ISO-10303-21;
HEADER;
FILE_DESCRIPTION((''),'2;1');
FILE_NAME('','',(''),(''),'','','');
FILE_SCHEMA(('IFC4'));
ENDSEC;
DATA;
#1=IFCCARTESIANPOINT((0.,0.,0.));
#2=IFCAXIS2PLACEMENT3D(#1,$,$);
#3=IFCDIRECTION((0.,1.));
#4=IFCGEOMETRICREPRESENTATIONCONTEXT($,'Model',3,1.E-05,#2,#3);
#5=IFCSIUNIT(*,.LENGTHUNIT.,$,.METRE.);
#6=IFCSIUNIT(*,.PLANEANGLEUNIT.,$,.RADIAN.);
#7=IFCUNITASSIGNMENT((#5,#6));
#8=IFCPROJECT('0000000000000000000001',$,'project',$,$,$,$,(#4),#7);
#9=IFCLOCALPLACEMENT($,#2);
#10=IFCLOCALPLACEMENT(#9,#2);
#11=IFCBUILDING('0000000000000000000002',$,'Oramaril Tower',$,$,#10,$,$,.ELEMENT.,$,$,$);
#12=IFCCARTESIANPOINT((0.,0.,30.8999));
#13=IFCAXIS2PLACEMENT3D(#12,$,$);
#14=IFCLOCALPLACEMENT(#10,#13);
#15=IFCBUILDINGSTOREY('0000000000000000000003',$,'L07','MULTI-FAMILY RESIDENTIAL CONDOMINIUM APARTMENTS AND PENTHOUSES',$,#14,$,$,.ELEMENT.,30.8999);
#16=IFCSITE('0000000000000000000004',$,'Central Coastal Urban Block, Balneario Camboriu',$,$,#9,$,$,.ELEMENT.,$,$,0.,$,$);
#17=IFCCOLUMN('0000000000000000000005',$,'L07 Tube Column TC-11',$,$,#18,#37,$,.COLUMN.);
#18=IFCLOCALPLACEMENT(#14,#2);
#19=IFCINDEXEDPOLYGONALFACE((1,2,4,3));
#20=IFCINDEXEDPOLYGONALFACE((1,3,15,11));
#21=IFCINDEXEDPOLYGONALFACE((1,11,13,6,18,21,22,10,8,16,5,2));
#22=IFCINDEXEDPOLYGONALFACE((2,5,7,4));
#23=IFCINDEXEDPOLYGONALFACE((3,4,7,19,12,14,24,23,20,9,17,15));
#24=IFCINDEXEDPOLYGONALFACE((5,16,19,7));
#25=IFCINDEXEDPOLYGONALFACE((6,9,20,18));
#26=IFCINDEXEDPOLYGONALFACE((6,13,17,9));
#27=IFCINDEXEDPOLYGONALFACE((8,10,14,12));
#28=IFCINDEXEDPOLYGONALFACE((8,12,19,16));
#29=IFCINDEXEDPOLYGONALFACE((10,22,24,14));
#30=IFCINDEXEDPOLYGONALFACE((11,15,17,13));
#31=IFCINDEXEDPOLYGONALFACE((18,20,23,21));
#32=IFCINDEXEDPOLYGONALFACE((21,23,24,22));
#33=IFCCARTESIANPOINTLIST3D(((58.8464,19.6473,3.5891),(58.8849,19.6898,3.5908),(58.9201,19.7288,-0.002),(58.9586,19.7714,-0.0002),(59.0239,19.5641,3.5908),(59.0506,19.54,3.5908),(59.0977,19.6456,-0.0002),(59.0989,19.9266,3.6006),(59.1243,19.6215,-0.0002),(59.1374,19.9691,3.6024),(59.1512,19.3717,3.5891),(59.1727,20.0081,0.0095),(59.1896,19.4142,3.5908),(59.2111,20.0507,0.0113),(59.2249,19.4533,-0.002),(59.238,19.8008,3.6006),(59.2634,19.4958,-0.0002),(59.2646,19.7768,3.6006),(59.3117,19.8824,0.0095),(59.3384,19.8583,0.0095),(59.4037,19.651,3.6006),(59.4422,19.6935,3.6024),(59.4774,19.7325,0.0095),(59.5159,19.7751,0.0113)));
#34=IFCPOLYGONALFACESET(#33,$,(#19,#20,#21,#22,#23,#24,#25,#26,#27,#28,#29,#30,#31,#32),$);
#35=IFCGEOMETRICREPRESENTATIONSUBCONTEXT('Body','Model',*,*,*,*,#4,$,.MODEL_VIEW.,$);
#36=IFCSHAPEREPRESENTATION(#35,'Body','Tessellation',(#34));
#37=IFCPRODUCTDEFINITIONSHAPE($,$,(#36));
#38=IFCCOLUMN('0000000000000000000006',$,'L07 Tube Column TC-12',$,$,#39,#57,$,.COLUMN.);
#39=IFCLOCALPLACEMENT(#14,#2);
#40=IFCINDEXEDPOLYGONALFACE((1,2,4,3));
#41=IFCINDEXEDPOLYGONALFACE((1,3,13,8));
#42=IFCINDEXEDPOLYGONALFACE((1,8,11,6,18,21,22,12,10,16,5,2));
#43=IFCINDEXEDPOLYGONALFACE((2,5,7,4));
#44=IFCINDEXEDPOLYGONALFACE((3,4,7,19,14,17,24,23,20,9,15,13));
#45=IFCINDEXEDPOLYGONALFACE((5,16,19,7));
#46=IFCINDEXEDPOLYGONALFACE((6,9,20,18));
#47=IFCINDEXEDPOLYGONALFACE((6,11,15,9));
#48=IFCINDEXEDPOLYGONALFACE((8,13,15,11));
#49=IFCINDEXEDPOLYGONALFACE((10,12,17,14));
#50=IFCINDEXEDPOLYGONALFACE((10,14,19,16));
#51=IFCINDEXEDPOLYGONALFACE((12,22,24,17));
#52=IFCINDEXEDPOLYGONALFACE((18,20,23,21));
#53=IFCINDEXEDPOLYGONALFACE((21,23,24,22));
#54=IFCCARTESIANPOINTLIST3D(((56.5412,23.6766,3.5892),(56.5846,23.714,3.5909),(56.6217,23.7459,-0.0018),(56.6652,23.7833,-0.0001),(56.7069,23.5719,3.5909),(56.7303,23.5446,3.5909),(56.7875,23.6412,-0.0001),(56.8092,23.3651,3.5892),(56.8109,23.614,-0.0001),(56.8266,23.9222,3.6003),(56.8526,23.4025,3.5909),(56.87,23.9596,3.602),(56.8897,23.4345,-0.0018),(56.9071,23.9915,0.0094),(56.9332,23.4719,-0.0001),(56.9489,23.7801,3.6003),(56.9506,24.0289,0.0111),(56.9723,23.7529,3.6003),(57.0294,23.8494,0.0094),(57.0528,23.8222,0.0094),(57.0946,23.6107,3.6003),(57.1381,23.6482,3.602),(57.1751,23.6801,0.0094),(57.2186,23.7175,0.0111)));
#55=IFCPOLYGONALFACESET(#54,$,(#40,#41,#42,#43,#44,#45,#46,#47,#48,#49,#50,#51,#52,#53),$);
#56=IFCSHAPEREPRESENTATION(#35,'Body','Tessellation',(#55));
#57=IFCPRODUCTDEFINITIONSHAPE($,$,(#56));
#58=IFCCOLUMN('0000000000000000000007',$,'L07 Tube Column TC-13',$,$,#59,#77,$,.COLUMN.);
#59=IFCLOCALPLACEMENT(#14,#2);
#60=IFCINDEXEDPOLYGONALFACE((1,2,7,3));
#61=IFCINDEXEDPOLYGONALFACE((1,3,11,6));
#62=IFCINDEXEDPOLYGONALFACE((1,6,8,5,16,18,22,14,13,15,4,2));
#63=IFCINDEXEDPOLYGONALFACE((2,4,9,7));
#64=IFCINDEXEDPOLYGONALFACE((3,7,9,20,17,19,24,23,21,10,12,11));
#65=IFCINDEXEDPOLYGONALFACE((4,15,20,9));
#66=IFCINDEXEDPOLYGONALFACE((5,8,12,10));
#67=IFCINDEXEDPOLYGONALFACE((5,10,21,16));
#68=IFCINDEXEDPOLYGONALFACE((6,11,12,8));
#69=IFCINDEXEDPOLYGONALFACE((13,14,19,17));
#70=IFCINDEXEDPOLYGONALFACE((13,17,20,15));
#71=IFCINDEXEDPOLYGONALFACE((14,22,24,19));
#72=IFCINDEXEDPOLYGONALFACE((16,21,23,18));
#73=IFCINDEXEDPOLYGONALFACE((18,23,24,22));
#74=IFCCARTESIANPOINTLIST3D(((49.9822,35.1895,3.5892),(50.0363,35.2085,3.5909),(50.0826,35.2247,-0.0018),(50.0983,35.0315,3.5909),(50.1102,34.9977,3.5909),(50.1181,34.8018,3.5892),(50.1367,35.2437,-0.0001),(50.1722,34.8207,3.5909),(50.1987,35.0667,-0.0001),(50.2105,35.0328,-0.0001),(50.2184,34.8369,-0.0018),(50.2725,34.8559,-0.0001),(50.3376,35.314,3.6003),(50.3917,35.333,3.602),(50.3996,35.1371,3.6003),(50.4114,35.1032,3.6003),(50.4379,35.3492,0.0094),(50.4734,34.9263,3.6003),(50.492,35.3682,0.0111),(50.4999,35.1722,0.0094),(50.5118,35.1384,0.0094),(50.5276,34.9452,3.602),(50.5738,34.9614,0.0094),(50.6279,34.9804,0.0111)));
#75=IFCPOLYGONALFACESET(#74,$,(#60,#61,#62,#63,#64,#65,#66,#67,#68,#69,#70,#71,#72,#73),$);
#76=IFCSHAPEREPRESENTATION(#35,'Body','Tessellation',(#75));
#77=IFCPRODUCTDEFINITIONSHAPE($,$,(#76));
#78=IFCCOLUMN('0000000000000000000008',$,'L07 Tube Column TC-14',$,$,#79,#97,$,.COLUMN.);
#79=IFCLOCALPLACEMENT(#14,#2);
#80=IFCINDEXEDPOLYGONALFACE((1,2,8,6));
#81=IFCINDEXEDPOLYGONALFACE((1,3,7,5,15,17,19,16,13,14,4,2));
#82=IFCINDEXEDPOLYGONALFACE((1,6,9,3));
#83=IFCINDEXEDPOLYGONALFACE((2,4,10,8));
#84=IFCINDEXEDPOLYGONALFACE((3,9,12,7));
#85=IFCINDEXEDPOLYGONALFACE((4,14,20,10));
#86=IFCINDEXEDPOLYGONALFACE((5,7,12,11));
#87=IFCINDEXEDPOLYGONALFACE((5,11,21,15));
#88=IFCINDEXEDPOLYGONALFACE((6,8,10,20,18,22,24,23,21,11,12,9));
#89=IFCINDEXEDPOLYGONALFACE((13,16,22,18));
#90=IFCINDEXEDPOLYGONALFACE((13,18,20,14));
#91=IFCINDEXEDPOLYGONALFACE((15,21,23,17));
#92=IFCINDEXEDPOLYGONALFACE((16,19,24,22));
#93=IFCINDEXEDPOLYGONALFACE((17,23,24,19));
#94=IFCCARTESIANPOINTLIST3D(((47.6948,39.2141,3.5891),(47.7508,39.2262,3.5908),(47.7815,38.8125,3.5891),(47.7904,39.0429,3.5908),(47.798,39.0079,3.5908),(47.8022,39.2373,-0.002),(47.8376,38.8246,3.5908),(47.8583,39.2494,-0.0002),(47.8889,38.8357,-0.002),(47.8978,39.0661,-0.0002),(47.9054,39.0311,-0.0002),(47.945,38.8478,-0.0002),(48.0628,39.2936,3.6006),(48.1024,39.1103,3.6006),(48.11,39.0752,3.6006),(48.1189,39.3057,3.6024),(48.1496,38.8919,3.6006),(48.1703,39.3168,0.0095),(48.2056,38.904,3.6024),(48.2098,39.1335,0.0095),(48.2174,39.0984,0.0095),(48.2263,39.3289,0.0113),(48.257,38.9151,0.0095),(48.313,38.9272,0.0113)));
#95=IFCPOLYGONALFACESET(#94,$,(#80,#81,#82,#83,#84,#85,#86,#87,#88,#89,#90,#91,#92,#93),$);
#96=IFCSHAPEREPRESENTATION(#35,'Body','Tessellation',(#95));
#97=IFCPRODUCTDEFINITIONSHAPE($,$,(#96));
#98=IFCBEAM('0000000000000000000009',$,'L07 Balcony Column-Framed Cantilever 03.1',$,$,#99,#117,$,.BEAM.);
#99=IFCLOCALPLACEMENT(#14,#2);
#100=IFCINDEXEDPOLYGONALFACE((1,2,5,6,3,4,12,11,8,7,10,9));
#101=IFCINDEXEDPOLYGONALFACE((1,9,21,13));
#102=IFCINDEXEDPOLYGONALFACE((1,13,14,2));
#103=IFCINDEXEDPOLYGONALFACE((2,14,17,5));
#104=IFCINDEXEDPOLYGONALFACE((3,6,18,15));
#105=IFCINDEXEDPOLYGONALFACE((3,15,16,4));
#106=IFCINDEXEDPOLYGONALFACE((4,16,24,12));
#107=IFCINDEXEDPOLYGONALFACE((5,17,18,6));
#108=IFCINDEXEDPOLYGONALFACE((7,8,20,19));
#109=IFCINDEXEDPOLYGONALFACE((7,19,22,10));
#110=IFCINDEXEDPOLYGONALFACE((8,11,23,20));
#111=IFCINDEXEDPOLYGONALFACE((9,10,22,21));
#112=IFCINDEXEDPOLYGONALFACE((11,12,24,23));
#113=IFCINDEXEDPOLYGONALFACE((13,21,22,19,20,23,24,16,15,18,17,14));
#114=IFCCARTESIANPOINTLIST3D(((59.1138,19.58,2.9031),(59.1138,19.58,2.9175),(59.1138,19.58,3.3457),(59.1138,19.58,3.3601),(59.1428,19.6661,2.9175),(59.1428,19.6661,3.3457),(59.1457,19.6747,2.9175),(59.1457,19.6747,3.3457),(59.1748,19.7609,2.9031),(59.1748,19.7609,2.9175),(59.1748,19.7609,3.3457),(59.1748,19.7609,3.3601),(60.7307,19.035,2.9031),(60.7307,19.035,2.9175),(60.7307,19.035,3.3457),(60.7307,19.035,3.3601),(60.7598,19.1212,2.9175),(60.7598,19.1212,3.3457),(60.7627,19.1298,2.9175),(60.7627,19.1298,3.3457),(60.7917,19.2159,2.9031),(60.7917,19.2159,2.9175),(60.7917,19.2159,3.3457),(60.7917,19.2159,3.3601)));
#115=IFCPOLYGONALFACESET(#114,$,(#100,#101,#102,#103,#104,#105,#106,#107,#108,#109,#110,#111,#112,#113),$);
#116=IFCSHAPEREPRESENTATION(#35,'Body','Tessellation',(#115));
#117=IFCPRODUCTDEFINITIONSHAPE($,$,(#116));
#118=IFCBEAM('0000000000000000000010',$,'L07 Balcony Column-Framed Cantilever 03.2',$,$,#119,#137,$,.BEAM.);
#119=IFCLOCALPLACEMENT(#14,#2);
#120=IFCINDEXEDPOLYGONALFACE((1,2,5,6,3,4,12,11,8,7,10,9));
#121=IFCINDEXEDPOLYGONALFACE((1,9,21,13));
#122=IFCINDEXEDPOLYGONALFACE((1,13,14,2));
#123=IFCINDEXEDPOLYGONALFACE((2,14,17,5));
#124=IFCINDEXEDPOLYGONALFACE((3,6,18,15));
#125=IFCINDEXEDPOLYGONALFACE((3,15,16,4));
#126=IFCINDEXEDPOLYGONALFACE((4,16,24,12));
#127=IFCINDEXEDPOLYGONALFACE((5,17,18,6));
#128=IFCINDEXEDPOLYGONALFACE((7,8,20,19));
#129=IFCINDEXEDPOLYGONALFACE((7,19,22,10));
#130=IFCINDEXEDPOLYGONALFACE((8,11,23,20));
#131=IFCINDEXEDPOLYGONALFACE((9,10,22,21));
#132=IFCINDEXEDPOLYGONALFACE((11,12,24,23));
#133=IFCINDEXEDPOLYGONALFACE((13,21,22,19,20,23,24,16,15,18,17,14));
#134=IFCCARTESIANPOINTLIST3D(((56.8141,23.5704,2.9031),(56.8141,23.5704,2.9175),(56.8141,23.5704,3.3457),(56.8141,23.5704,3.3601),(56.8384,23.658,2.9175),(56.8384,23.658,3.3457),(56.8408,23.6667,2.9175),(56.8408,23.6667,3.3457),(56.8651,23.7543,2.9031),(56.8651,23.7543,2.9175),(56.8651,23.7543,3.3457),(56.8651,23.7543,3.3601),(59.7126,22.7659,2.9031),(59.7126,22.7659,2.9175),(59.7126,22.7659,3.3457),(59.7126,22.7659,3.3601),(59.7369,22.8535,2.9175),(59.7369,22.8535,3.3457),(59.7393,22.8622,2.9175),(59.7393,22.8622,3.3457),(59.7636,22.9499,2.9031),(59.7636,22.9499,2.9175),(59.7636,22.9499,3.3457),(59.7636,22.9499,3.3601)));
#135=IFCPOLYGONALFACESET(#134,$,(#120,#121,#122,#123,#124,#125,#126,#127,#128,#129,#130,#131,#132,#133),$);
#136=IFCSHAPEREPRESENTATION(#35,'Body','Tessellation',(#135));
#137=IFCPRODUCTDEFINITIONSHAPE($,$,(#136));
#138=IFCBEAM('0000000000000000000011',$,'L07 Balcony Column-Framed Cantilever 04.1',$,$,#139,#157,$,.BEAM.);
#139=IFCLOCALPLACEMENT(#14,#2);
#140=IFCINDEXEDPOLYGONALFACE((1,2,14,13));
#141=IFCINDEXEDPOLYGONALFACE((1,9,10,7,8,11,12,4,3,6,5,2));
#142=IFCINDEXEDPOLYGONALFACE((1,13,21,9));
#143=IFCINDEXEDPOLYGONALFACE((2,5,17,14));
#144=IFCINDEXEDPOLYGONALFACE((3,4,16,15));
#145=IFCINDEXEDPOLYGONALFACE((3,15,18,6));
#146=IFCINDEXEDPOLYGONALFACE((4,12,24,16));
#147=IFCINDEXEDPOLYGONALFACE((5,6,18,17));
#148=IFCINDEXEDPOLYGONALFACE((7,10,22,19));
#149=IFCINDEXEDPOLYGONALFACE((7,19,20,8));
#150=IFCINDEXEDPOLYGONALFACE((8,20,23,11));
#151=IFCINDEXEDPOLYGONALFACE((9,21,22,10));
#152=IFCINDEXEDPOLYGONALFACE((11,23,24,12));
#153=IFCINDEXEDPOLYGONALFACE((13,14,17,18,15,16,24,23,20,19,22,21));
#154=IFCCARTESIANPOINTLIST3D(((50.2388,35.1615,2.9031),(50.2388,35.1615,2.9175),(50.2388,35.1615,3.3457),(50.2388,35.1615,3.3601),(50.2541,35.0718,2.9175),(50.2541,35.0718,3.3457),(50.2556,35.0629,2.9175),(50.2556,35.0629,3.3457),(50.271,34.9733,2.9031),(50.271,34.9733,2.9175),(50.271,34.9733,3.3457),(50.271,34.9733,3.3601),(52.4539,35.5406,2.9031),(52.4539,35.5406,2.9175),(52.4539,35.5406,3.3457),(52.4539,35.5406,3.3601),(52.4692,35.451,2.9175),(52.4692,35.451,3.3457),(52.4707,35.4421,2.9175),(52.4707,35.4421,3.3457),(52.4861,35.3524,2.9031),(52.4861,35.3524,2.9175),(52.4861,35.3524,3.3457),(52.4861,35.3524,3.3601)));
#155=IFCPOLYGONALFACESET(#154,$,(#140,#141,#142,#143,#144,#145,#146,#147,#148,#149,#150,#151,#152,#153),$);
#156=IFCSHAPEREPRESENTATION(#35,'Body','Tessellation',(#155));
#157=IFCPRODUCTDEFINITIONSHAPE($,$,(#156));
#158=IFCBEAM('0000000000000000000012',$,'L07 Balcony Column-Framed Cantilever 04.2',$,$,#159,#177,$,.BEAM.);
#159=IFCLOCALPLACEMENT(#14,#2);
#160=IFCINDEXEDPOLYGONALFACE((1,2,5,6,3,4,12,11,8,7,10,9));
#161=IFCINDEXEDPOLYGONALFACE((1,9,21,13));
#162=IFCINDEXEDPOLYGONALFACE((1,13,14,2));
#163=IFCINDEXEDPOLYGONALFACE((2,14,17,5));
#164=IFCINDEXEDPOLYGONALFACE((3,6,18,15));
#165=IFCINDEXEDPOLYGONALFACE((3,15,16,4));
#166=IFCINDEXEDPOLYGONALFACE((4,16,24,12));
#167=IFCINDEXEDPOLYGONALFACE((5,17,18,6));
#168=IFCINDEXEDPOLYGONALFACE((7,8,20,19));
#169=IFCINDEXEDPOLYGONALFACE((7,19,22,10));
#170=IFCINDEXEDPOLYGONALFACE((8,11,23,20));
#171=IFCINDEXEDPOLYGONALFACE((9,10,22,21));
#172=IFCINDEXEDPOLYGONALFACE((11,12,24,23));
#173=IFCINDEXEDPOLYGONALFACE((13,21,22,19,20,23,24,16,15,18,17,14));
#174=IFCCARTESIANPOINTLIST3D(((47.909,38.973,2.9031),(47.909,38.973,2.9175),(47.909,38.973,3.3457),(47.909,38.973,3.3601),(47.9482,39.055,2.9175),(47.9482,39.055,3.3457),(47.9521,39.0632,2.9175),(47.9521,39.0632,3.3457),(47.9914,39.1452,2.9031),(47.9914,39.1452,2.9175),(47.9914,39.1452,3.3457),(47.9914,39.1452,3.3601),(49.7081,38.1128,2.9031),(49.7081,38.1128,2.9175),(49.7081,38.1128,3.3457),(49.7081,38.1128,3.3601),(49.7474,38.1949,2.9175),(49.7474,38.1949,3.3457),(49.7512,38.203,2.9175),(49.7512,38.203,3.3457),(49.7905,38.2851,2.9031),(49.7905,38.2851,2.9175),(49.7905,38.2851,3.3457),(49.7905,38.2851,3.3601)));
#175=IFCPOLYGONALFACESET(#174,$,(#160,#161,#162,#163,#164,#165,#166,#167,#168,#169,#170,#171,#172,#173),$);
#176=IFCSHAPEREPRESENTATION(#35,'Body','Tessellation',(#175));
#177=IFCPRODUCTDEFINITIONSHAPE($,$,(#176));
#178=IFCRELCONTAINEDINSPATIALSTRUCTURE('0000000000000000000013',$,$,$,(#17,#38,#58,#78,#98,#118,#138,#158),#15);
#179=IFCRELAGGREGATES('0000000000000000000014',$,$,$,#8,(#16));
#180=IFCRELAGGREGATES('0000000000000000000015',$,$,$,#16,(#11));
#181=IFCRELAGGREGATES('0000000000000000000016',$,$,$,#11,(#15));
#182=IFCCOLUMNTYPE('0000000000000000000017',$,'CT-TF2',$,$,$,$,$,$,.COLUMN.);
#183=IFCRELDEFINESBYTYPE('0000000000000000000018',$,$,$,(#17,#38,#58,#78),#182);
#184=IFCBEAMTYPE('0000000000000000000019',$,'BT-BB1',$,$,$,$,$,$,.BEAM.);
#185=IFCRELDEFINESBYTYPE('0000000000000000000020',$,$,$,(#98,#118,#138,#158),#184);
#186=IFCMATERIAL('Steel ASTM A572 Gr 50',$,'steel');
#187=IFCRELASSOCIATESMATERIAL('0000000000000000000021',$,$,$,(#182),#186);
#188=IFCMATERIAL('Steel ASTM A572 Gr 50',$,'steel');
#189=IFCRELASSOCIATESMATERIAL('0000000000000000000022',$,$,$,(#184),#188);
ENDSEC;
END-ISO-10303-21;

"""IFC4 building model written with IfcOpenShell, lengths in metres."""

from ifc_helpers import new_model, si_unit, direction, frame, origin, origin_2d, place, context, subcontext, project, spatial, i_section, extrude, material, material_profile, profile_set, type_object, element, save


model = new_model("IFC4")

# Units and contexts
model_context = context("Model", 3, precision=1e-05, world=origin(), true_north=direction((0.0, 1.0)))
body_context = subcontext(model_context, "Body", "Model", "MODEL_VIEW")
ifc_project = project(units=[si_unit("LENGTHUNIT", "METRE"), si_unit("PLANEANGLEUNIT", "RADIAN")], contexts=[model_context])

# Site, building, storey
site_placement = place(None, origin())
site = spatial("IfcSite", under=ifc_project, at=site_placement, Name="Central Coastal Urban Block, Balneario Camboriu", CompositionType="ELEMENT", RefElevation=0.0)
building_placement = place(site_placement, origin())
building = spatial("IfcBuilding", under=site, at=building_placement, Name="Oramaril Tower", CompositionType="ELEMENT")
storey_placement = place(building_placement, frame((0.0, 0.0, 30.8999)))
storey = spatial("IfcBuildingStorey", under=building, at=storey_placement, Name="L07", Description="MULTI-FAMILY RESIDENTIAL CONDOMINIUM APARTMENTS AND PENTHOUSES", CompositionType="ELEMENT", Elevation=30.8999)

# Columns
ifc_material_1 = material(Name="Steel ASTM A572 Gr 50", Category="steel")
ifc_material_profile_1 = material_profile(ifc_material_1, i_section(OverallWidth=0.4109, OverallDepth=0.4341, WebThickness=0.0359, FlangeThickness=0.0574, at=origin_2d()), Name="W14X311")
ifc_profile_set_1 = profile_set([ifc_material_profile_1], Name="Steel ASTM A572 Gr 50")
column_type = type_object("IfcColumnType", Name="CT-TF2", PredefinedType="COLUMN", material=ifc_profile_set_1)
column_1_placement = place(storey_placement, frame((59.218, 19.752, 0.0046), z_axis=(-0.020522, -0.022697, 0.999532), x_axis=(0.741746, -0.670681, 0.0)))
element("IfcColumn", 1, at=column_1_placement, inside=storey, type_object=column_type, Name="L07 Tube Column TC-11", PredefinedType="COLUMN", context=body_context, shape_type="SweptSolid", body=[
    extrude(i_section(OverallWidth=0.4109, OverallDepth=0.4341, WebThickness=0.0359, FlangeThickness=0.0574, at=origin_2d()), origin(), (0.0, 0.0, 1.0), 3.5928),
])
for number, where, z_axis, x_axis, name in (
    (2, (56.9202, 23.7317, 0.0046), (-0.022425, -0.019299, 0.999562), (0.652303, -0.757958, 0.0), "L07 Tube Column TC-12"),
    (3, (50.3552, 35.1025, 0.0046), (-0.02793, -0.009786, 0.999562), (0.330657, -0.943751, 0.0), "L07 Tube Column TC-13"),
):
    element("IfcColumn", number, at=place(storey_placement, frame(where, z_axis=z_axis, x_axis=x_axis)), inside=storey, type_object=column_type, Name=name, PredefinedType="COLUMN", context=body_context, shape_type="SweptSolid", body=[
        extrude(i_section(OverallWidth=0.4109, OverallDepth=0.4341, WebThickness=0.0359, FlangeThickness=0.0574, at=origin_2d()), origin(), (0.0, 0.0, 1.0), 3.5925),
    ])
column_2_placement = place(storey_placement, frame((48.0576, 39.0823, 0.0046), z_axis=(-0.0299, -0.006456, 0.999532), x_axis=(0.211046, -0.977476, 0.0)))
element("IfcColumn", 4, at=column_2_placement, inside=storey, type_object=column_type, Name="L07 Tube Column TC-14", PredefinedType="COLUMN", context=body_context, shape_type="SweptSolid", body=[
    extrude(i_section(OverallWidth=0.4109, OverallDepth=0.4341, WebThickness=0.0359, FlangeThickness=0.0574, at=origin_2d()), origin(), (0.0, 0.0, 1.0), 3.5928),
])

# Beams
ifc_material_2 = material(Name="Steel ASTM A572 Gr 50", Category="steel")
ifc_material_profile_2 = material_profile(ifc_material_2, i_section(OverallWidth=0.1909, OverallDepth=0.457, WebThickness=0.009, FlangeThickness=0.0144, at=origin_2d()), Name="W18X50")
ifc_profile_set_2 = profile_set([ifc_material_profile_2], Name="Steel ASTM A572 Gr 50")
beam_type_1 = type_object("IfcBeamType", Name="BT-BB1", PredefinedType="BEAM", material=ifc_profile_set_2)
beam_1_placement = place(storey_placement, frame((59.1443, 19.6704, 3.1316), z_axis=(0.947634, -0.31936, 0.0), x_axis=(0.31936, 0.947634, 0.0)))
element("IfcBeam", 5, at=beam_1_placement, inside=storey, type_object=beam_type_1, Name="L07 Balcony Column-Framed Cantilever 03.1", PredefinedType="BEAM", context=body_context, shape_type="SweptSolid", body=[
    extrude(i_section(OverallWidth=0.1909, OverallDepth=0.457, WebThickness=0.009, FlangeThickness=0.0144, at=origin_2d()), origin(), (0.0, 0.0, 1.0), 1.7063),
])
beam_2_placement = place(storey_placement, frame((56.8396, 23.6624, 3.1316), z_axis=(0.963576, -0.267435, 0.0), x_axis=(0.267435, 0.963576, 0.0)))
element("IfcBeam", 6, at=beam_2_placement, inside=storey, type_object=beam_type_1, Name="L07 Balcony Column-Framed Cantilever 03.2", PredefinedType="BEAM", context=body_context, shape_type="SweptSolid", body=[
    extrude(i_section(OverallWidth=0.1909, OverallDepth=0.457, WebThickness=0.009, FlangeThickness=0.0144, at=origin_2d()), origin(), (0.0, 0.0, 1.0), 3.0081),
])
beam_3_placement = place(storey_placement, frame((50.2549, 35.0674, 3.1316), z_axis=(0.985665, 0.168714, 0.0), x_axis=(-0.168714, 0.985665, 0.0)))
element("IfcBeam", 7, at=beam_3_placement, inside=storey, type_object=beam_type_1, Name="L07 Balcony Column-Framed Cantilever 04.1", PredefinedType="BEAM", context=body_context, shape_type="SweptSolid", body=[
    extrude(i_section(OverallWidth=0.1909, OverallDepth=0.457, WebThickness=0.009, FlangeThickness=0.0144, at=origin_2d()), origin(), (0.0, 0.0, 1.0), 2.2473),
])
beam_4_placement = place(storey_placement, frame((47.9502, 39.0591, 3.1316), z_axis=(0.902196, -0.431326, 0.0), x_axis=(0.431326, 0.902196, 0.0)))
element("IfcBeam", 8, at=beam_4_placement, inside=storey, type_object=beam_type_1, Name="L07 Balcony Column-Framed Cantilever 04.2", PredefinedType="BEAM", context=body_context, shape_type="SweptSolid", body=[
    extrude(i_section(OverallWidth=0.1909, OverallDepth=0.457, WebThickness=0.009, FlangeThickness=0.0144, at=origin_2d()), origin(), (0.0, 0.0, 1.0), 1.9941),
])

save(model, "model.ifc")
